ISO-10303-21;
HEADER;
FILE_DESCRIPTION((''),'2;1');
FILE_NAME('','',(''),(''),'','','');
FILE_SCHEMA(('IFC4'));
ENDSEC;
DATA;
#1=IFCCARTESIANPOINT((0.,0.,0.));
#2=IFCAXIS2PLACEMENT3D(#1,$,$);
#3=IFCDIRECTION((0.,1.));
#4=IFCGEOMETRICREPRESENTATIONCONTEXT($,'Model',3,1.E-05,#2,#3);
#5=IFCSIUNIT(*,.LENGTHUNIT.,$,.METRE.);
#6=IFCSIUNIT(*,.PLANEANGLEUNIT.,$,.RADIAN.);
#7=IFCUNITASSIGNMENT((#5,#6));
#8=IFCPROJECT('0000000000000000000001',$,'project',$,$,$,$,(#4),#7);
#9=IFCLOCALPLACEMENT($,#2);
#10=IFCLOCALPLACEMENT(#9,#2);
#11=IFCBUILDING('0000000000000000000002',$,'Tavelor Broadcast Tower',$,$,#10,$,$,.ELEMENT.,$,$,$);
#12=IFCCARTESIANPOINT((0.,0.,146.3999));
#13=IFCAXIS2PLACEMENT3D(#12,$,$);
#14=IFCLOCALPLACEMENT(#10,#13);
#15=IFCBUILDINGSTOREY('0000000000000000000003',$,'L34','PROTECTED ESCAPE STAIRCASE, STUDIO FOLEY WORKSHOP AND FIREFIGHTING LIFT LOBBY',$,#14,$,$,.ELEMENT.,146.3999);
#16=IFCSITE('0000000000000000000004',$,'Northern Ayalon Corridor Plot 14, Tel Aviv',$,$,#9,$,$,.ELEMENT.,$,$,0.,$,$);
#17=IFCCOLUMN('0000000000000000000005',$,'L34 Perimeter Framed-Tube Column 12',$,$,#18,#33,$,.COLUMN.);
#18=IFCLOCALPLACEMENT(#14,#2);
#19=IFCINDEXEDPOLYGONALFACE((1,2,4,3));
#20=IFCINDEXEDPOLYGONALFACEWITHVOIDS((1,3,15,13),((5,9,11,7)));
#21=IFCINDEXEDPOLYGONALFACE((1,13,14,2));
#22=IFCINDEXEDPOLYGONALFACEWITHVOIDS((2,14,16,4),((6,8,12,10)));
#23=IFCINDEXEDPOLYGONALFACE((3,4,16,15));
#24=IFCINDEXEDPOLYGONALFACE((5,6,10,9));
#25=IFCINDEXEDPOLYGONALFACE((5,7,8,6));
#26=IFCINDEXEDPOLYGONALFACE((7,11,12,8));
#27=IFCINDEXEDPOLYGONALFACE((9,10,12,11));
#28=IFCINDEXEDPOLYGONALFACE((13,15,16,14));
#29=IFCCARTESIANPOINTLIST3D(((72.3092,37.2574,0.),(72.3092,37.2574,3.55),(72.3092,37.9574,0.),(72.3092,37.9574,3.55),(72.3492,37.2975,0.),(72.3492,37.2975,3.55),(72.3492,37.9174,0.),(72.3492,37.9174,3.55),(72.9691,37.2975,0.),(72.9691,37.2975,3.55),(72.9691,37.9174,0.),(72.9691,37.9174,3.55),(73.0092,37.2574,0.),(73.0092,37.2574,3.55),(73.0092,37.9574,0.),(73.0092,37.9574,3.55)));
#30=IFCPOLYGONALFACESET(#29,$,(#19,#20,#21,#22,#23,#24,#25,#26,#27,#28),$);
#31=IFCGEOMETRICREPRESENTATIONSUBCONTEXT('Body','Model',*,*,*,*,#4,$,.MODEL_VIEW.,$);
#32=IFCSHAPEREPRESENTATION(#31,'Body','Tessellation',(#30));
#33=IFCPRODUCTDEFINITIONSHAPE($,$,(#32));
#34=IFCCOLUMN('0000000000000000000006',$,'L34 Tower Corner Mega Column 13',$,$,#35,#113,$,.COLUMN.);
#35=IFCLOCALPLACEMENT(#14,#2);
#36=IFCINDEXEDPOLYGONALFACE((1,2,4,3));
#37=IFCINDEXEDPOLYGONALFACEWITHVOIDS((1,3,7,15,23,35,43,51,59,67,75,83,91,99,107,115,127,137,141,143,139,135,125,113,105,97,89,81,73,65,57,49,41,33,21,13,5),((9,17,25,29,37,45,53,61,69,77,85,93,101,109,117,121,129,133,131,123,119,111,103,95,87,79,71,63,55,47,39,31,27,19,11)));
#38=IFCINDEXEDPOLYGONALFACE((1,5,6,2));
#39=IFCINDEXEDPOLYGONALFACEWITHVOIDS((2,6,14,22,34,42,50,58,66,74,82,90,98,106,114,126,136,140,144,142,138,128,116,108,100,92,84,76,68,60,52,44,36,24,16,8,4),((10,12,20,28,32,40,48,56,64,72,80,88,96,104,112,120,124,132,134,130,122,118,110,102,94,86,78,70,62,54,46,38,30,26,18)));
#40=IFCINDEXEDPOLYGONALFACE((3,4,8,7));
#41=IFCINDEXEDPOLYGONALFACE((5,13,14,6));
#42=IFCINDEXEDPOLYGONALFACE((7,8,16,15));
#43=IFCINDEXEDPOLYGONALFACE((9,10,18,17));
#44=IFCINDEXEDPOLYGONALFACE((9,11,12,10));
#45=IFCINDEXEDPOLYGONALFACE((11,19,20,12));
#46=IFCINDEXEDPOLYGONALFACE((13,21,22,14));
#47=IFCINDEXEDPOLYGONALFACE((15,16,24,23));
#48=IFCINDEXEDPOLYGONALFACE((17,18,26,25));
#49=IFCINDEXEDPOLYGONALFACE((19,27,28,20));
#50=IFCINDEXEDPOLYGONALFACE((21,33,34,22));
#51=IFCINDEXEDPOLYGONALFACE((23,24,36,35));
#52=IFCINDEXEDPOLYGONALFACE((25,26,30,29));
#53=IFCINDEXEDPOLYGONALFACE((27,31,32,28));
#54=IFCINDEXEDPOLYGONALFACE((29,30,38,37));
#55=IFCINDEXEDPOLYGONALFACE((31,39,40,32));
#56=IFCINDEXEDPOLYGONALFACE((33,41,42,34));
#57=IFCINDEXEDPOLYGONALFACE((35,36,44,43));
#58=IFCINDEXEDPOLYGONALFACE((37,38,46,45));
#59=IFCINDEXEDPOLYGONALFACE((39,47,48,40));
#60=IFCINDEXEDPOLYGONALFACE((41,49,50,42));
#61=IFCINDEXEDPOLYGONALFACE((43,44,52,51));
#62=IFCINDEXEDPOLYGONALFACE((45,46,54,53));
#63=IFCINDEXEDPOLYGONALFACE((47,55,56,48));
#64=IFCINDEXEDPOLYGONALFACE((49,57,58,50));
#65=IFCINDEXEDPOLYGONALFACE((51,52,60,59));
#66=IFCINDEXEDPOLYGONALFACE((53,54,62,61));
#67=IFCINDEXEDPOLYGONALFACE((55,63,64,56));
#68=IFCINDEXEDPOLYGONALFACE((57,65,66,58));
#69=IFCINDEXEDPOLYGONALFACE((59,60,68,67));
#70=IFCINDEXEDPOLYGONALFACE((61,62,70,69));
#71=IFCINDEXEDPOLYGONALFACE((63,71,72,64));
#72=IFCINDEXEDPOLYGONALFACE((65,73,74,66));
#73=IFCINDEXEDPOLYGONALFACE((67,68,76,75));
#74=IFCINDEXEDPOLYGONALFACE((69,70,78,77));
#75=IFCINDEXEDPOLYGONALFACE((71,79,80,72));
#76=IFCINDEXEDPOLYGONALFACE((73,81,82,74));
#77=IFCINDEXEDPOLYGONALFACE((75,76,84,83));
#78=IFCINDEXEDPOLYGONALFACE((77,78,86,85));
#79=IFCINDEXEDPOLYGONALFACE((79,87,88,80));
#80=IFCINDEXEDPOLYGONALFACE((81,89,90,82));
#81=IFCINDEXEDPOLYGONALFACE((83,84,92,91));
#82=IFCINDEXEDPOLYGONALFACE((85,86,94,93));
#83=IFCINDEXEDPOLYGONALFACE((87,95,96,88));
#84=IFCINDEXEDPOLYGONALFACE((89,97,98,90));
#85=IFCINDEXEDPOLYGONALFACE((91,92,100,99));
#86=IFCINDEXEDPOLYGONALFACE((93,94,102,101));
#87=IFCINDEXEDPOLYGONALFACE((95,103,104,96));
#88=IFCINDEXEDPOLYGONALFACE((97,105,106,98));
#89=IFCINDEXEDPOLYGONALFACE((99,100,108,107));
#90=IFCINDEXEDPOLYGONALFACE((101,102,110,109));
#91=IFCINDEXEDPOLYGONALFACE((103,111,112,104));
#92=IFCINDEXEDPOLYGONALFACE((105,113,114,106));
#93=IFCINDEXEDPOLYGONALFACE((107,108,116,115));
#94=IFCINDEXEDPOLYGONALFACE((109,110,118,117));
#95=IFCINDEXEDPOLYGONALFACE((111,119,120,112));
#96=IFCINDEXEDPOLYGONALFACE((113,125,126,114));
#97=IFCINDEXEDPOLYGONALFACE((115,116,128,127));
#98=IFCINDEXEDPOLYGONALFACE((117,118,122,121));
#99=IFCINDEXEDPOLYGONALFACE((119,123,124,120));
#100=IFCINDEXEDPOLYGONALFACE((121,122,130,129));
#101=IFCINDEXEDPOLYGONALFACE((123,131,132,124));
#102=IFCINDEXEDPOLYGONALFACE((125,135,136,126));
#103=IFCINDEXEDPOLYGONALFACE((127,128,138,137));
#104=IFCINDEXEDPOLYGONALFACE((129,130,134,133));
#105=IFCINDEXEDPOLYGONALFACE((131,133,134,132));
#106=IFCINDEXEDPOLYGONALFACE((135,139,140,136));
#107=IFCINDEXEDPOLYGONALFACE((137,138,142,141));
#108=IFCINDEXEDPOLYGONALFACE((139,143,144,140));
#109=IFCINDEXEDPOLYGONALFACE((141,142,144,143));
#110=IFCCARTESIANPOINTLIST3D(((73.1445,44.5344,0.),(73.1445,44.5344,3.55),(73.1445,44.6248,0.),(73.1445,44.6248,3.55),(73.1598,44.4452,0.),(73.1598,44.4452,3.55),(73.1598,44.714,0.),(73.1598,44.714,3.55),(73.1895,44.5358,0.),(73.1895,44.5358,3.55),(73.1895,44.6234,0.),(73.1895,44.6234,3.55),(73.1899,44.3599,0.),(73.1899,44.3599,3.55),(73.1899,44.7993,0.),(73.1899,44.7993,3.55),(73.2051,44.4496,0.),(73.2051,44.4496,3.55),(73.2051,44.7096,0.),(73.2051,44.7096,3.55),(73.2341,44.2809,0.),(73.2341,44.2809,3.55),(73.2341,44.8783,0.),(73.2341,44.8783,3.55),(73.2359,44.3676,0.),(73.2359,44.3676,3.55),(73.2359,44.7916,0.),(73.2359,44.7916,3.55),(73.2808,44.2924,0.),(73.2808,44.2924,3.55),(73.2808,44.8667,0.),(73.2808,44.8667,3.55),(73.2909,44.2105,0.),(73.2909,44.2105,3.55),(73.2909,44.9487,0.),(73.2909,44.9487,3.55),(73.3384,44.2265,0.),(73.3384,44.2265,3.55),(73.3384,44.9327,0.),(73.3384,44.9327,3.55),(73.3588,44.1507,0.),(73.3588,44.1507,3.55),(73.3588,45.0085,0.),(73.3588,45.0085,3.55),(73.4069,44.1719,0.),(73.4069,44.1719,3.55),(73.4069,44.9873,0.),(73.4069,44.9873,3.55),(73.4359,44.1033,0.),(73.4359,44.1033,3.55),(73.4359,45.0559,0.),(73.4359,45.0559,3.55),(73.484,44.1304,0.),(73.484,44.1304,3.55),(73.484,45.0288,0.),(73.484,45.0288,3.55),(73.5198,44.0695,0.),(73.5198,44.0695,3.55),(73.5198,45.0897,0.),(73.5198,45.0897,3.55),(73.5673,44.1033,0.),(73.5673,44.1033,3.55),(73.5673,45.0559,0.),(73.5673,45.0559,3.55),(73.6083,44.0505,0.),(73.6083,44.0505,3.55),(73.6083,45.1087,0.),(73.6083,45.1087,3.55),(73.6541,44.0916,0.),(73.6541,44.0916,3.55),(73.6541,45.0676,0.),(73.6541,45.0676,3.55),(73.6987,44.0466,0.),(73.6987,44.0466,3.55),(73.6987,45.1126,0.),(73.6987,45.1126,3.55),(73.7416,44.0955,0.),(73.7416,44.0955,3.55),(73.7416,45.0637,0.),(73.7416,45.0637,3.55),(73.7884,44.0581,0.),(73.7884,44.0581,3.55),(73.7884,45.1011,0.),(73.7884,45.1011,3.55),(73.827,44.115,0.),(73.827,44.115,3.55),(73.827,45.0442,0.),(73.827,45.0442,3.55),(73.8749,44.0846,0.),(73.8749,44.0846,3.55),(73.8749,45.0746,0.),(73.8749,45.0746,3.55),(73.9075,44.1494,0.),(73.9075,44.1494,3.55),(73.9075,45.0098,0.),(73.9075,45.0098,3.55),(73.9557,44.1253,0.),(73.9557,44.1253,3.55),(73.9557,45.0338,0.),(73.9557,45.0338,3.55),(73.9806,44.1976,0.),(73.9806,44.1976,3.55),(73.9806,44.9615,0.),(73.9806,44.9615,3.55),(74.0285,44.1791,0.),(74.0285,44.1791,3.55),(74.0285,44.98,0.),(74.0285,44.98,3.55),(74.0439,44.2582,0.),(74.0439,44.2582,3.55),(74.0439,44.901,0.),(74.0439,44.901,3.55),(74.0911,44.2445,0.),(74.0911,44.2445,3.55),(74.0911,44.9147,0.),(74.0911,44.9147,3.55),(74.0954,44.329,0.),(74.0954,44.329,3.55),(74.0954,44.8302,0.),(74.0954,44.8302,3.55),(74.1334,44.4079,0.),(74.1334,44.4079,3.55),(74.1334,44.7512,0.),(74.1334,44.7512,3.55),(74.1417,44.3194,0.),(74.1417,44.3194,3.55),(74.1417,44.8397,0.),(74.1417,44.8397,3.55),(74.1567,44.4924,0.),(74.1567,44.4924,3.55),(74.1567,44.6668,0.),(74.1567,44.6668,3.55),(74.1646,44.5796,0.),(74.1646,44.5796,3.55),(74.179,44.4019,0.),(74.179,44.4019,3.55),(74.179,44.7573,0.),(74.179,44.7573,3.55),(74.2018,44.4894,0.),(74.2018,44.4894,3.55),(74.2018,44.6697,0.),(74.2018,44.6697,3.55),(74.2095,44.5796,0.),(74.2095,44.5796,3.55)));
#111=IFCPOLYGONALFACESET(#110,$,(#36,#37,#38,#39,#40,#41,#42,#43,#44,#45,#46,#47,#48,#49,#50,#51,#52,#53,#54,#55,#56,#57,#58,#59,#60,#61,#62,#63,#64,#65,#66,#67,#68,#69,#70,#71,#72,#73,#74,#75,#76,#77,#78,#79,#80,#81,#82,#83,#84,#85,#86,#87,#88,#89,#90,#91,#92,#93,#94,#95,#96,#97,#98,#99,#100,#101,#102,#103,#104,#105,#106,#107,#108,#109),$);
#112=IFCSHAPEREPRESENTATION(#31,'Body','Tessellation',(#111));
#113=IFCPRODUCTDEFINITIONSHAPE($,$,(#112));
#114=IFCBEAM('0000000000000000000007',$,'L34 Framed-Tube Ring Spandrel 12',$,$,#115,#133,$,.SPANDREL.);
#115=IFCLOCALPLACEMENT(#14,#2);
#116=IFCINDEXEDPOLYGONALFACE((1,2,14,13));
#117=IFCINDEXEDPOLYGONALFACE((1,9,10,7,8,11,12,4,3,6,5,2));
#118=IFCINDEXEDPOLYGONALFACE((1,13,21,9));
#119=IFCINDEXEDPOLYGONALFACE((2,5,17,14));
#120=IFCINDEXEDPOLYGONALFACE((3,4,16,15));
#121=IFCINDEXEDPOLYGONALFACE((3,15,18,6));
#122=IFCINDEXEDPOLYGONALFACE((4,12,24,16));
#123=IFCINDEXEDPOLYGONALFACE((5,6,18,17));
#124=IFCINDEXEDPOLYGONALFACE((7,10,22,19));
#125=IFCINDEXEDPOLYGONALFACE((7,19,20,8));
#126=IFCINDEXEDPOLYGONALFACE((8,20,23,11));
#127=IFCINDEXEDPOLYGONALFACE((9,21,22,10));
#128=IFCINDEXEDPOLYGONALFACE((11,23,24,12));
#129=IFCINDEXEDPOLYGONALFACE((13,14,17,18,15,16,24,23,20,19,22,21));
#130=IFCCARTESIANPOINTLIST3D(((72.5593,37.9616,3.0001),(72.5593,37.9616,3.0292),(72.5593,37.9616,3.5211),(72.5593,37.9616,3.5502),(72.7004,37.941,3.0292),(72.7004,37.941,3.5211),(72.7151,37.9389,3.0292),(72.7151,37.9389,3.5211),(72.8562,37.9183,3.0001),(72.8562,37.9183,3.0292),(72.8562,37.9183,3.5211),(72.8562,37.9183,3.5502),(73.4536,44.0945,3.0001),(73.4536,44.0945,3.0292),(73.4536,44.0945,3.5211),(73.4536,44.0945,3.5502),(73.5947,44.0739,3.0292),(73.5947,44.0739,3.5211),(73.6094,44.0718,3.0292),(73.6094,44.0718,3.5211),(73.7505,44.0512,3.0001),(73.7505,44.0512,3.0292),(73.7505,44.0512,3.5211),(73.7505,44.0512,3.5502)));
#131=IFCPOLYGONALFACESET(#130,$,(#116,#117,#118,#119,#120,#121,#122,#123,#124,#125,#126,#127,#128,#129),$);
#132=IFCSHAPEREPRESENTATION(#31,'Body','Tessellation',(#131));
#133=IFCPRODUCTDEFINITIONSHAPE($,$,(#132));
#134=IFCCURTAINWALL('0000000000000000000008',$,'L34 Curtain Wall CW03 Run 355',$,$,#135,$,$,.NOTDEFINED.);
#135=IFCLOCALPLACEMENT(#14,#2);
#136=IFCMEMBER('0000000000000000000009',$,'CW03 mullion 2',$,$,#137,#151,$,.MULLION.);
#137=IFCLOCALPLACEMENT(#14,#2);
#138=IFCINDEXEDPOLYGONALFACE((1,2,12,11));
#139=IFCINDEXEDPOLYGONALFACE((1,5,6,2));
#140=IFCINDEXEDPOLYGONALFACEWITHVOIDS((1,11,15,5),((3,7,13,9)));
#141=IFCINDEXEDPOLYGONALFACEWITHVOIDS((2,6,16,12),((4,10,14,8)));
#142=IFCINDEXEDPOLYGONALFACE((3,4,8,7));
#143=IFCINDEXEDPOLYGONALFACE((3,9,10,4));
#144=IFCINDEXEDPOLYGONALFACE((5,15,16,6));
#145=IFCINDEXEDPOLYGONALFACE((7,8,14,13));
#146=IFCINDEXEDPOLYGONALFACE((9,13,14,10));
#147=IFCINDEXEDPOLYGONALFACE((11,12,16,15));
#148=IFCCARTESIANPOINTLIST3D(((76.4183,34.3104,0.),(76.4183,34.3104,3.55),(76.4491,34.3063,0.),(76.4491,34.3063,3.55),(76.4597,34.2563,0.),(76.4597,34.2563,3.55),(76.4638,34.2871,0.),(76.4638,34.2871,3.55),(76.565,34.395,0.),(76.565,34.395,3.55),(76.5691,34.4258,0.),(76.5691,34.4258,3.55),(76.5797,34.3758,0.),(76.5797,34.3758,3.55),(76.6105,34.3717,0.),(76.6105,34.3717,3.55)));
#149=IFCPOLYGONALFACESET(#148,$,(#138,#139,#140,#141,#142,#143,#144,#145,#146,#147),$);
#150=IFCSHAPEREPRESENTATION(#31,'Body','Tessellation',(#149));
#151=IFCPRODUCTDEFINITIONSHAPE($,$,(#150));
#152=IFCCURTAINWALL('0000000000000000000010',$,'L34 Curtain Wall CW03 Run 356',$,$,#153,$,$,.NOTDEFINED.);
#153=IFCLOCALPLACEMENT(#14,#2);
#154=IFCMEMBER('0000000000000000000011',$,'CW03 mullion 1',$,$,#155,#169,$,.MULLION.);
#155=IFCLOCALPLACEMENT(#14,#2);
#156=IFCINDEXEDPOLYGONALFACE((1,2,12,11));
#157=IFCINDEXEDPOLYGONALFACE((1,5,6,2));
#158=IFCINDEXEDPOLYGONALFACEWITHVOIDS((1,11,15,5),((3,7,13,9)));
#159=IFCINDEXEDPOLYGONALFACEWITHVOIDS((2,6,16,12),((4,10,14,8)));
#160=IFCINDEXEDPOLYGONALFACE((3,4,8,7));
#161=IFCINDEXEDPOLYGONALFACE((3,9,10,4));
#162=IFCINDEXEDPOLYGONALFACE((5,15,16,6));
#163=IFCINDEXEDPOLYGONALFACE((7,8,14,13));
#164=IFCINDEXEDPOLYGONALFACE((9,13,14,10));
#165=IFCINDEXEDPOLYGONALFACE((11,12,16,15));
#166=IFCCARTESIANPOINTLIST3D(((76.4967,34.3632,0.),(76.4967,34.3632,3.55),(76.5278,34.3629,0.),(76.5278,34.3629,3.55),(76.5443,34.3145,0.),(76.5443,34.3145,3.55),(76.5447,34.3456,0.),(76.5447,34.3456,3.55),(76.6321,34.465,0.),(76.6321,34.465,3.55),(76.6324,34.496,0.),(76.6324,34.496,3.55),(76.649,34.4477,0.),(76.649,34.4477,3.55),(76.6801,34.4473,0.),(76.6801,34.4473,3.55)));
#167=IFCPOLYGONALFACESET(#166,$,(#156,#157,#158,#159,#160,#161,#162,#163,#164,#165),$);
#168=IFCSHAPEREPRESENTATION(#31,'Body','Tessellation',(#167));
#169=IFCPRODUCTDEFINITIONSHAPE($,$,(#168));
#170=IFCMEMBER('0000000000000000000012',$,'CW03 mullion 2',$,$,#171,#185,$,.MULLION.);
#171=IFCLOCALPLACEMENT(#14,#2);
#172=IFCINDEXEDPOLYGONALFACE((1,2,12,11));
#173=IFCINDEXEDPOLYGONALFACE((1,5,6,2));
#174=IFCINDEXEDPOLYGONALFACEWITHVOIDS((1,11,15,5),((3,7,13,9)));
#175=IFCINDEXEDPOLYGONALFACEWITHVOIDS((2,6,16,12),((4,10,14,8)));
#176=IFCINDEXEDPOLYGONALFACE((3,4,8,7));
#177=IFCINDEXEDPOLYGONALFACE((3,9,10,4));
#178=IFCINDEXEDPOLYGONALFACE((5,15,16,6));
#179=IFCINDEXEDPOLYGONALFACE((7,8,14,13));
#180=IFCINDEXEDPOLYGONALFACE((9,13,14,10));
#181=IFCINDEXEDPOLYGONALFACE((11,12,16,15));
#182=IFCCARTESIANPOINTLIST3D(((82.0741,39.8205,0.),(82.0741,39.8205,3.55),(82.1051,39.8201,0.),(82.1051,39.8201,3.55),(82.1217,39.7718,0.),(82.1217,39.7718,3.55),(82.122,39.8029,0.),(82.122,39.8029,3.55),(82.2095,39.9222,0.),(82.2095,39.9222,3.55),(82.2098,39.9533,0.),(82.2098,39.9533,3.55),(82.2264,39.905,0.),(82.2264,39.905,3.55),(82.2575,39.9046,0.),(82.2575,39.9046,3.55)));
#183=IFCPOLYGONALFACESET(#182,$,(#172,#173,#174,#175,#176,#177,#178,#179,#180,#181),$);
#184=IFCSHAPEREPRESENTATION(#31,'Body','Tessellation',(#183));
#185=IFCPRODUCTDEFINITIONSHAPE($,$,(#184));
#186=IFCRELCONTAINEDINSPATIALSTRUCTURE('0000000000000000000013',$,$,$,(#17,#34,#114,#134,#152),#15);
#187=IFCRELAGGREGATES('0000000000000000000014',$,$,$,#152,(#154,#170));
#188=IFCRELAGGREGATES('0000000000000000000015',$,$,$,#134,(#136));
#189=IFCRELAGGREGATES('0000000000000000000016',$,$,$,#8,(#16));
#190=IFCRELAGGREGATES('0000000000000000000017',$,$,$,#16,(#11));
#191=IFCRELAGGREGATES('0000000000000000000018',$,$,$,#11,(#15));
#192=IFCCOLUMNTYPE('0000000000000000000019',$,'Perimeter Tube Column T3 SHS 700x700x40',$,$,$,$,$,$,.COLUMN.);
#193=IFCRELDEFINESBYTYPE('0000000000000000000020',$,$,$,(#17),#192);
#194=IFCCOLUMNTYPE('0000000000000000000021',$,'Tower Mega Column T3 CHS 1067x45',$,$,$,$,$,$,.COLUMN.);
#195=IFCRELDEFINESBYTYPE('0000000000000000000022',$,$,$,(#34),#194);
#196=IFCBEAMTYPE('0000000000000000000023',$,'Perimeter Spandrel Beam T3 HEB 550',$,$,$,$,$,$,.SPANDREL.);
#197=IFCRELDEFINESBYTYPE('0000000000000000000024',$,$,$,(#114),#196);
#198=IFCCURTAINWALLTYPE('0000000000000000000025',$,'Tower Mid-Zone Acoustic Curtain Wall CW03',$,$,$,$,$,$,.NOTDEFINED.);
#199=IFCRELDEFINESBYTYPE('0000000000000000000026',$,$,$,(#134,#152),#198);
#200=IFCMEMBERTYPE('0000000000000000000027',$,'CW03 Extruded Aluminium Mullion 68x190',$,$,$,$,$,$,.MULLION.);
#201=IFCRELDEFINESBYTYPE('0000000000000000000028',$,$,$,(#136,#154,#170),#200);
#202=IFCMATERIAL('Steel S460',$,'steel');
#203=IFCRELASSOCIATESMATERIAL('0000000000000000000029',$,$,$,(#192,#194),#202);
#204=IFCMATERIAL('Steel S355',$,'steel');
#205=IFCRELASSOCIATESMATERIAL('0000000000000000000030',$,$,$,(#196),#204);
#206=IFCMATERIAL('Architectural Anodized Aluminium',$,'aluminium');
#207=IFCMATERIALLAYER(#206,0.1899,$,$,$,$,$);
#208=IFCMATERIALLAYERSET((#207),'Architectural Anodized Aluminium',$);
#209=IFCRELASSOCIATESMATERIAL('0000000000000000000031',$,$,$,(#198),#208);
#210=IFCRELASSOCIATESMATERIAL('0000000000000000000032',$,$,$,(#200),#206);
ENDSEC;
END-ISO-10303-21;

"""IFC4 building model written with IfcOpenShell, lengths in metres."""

from ifc_helpers import new_model, si_unit, direction, frame, origin, origin_2d, place, context, subcontext, project, spatial, hollow_rectangle, hollow_circle, i_section, extrude, source, transform, mapped, material, layer, layer_set, material_profile, profile_set, type_object, type_shapes, element, aggregate, save


model = new_model("IFC4")

# Units and contexts
model_context = context("Model", 3, precision=1e-05, world=origin(), true_north=direction((0.0, 1.0)))
body_context = subcontext(model_context, "Body", "Model", "MODEL_VIEW")
ifc_project = project(units=[si_unit("LENGTHUNIT", "METRE"), si_unit("PLANEANGLEUNIT", "RADIAN")], contexts=[model_context])

# Site, building, storey
site_placement = place(None, origin())
site = spatial("IfcSite", under=ifc_project, at=site_placement, Name="Northern Ayalon Corridor Plot 14, Tel Aviv", CompositionType="ELEMENT", RefElevation=0.0)
building_placement = place(site_placement, origin())
building = spatial("IfcBuilding", under=site, at=building_placement, Name="Tavelor Broadcast Tower", CompositionType="ELEMENT")
storey_placement = place(building_placement, frame((0.0, 0.0, 146.3999)))
storey = spatial("IfcBuildingStorey", under=building, at=storey_placement, Name="L34", Description="PROTECTED ESCAPE STAIRCASE, STUDIO FOLEY WORKSHOP AND FIREFIGHTING LIFT LOBBY", CompositionType="ELEMENT", Elevation=146.3999)

# Columns
ifc_material_1 = material(Name="Steel S460", Category="steel")
ifc_material_profile_1 = material_profile(ifc_material_1, hollow_rectangle(XDim=0.7, YDim=0.7, WallThickness=0.04, at=origin_2d()), Name="SHS 700x700x40")
ifc_profile_set_1 = profile_set([ifc_material_profile_1], Name="Steel S460")
column_type_1 = type_object("IfcColumnType", Name="Perimeter Tube Column T3 SHS 700x700x40", PredefinedType="COLUMN", material=ifc_profile_set_1)
column_1_placement = place(storey_placement, frame((72.6592, 37.6074, 0.0), z_axis=(0.0, 0.0, 1.0), x_axis=(1.0, 0.0, 0.0)))
element("IfcColumn", 1, at=column_1_placement, inside=storey, type_object=column_type_1, Name="L34 Perimeter Framed-Tube Column 12", PredefinedType="COLUMN", context=body_context, shape_type="SweptSolid", body=[
    extrude(hollow_rectangle(XDim=0.7, YDim=0.7, WallThickness=0.04, at=origin_2d()), origin(), (0.0, 0.0, 1.0), 3.55),
])
ifc_material_profile_2 = material_profile(ifc_material_1, hollow_circle(Radius=0.5334, WallThickness=0.0449, at=origin_2d()), Name="CHS 1067x45")
ifc_profile_set_2 = profile_set([ifc_material_profile_2], Name="Steel S460")
column_type_2 = type_object("IfcColumnType", Name="Tower Mega Column T3 CHS 1067x45", PredefinedType="COLUMN", material=ifc_profile_set_2)
column_2_placement = place(storey_placement, frame((73.676, 44.5796, 0.0), z_axis=(0.0, 0.0, 1.0), x_axis=(1.0, 0.0, 0.0)))
element("IfcColumn", 2, at=column_2_placement, inside=storey, type_object=column_type_2, Name="L34 Tower Corner Mega Column 13", PredefinedType="COLUMN", context=body_context, shape_type="SweptSolid", body=[
    extrude(hollow_circle(Radius=0.5334, WallThickness=0.0449, at=origin_2d()), origin(), (0.0, 0.0, 1.0), 3.55),
])

# Beam
ifc_material_2 = material(Name="Steel S355", Category="steel")
ifc_material_profile_3 = material_profile(ifc_material_2, i_section(OverallWidth=0.3, OverallDepth=0.55, WebThickness=0.0149, FlangeThickness=0.0291, at=origin_2d()), Name="HEB 550")
ifc_profile_set_3 = profile_set([ifc_material_profile_3], Name="Steel S355")
beam_type = type_object("IfcBeamType", Name="Perimeter Spandrel Beam T3 HEB 550", PredefinedType="SPANDREL", material=ifc_profile_set_3)
beam_placement = place(storey_placement, frame((72.7078, 37.9399, 3.2751), z_axis=(0.144294, 0.989535, 0.0), x_axis=(-0.989535, 0.144294, 0.0)))
element("IfcBeam", 3, at=beam_placement, inside=storey, type_object=beam_type, Name="L34 Framed-Tube Ring Spandrel 12", PredefinedType="SPANDREL", context=body_context, shape_type="SweptSolid", body=[
    extrude(i_section(OverallWidth=0.3, OverallDepth=0.55, WebThickness=0.0149, FlangeThickness=0.0291, at=origin_2d()), origin(), (0.0, 0.0, 1.0), 6.1978),
])

# Curtain wall, member
ifc_material_3 = material(Name="Architectural Anodized Aluminium", Category="aluminium")
ifc_layer_1 = layer(ifc_material_3, 0.1899)
ifc_layer_set_1 = layer_set([ifc_layer_1], Name="Architectural Anodized Aluminium")
curtain_wall_type = type_object("IfcCurtainWallType", Name="Tower Mid-Zone Acoustic Curtain Wall CW03", PredefinedType="NOTDEFINED", material=ifc_layer_set_1)
curtain_wall_1_placement = place(storey_placement, origin())
curtain_wall_1 = element("IfcCurtainWall", 4, at=curtain_wall_1_placement, inside=storey, type_object=curtain_wall_type, Name="L34 Curtain Wall CW03 Run 355", PredefinedType="NOTDEFINED")
ifc_material_profile_4 = material_profile(ifc_material_3, hollow_rectangle(XDim=0.0681, YDim=0.1899, WallThickness=0.022, at=origin_2d()), Name="RHS 68x190x22")
ifc_profile_set_4 = profile_set([ifc_material_profile_4], Name="Architectural Anodized Aluminium")
member_type_1 = type_object("IfcMemberType", Name="CW03 Extruded Aluminium Mullion 68x190", PredefinedType="MULLION", material=ifc_profile_set_4)
shared_shape_1 = source(origin(), body_context, "Body", "SweptSolid", [
    extrude(hollow_rectangle(XDim=0.0681, YDim=0.1899, WallThickness=0.022, at=origin_2d()), origin(), (0.0, 0.0, 1.0), 3.55),
])
type_shapes(member_type_1, [shared_shape_1])
member_1_placement = place(storey_placement, frame((76.5144, 34.3411, 0.0), z_axis=(0.0, 0.0, 1.0), x_axis=(-0.607726, 0.794147, 0.0)))
member_1 = element("IfcMember", 5, at=member_1_placement, type_object=member_type_1, Name="CW03 mullion 2", PredefinedType="MULLION", context=body_context, shape_type="MappedRepresentation", body=[
    mapped(shared_shape_1, transform((0.0, 0.0, 0.0), scale=1.0)),
])

# Curtain wall, members
curtain_wall_2_placement = place(storey_placement, origin())
curtain_wall_2 = element("IfcCurtainWall", 6, at=curtain_wall_2_placement, inside=storey, type_object=curtain_wall_type, Name="L34 Curtain Wall CW03 Run 356", PredefinedType="NOTDEFINED")
member_2_placement = place(storey_placement, frame((76.5884, 34.4053, 0.0), z_axis=(0.0, 0.0, 1.0), x_axis=(-0.699366, 0.714764, 0.0)))
member_2 = element("IfcMember", 7, at=member_2_placement, type_object=member_type_1, Name="CW03 mullion 1", PredefinedType="MULLION", context=body_context, shape_type="MappedRepresentation", body=[
    mapped(shared_shape_1, transform((0.0, 0.0, 0.0), scale=1.0)),
])
member_3_placement = place(storey_placement, frame((82.1658, 39.8625, 0.0), z_axis=(0.0, 0.0, 1.0), x_axis=(-0.699366, 0.714764, 0.0)))
member_3 = element("IfcMember", 8, at=member_3_placement, type_object=member_type_1, Name="CW03 mullion 2", PredefinedType="MULLION", context=body_context, shape_type="MappedRepresentation", body=[
    mapped(shared_shape_1, transform((0.0, 0.0, 0.0), scale=1.0)),
])

aggregate(curtain_wall_2, [member_2, member_3])
aggregate(curtain_wall_1, [member_1])

save(model, "model.ifc")
